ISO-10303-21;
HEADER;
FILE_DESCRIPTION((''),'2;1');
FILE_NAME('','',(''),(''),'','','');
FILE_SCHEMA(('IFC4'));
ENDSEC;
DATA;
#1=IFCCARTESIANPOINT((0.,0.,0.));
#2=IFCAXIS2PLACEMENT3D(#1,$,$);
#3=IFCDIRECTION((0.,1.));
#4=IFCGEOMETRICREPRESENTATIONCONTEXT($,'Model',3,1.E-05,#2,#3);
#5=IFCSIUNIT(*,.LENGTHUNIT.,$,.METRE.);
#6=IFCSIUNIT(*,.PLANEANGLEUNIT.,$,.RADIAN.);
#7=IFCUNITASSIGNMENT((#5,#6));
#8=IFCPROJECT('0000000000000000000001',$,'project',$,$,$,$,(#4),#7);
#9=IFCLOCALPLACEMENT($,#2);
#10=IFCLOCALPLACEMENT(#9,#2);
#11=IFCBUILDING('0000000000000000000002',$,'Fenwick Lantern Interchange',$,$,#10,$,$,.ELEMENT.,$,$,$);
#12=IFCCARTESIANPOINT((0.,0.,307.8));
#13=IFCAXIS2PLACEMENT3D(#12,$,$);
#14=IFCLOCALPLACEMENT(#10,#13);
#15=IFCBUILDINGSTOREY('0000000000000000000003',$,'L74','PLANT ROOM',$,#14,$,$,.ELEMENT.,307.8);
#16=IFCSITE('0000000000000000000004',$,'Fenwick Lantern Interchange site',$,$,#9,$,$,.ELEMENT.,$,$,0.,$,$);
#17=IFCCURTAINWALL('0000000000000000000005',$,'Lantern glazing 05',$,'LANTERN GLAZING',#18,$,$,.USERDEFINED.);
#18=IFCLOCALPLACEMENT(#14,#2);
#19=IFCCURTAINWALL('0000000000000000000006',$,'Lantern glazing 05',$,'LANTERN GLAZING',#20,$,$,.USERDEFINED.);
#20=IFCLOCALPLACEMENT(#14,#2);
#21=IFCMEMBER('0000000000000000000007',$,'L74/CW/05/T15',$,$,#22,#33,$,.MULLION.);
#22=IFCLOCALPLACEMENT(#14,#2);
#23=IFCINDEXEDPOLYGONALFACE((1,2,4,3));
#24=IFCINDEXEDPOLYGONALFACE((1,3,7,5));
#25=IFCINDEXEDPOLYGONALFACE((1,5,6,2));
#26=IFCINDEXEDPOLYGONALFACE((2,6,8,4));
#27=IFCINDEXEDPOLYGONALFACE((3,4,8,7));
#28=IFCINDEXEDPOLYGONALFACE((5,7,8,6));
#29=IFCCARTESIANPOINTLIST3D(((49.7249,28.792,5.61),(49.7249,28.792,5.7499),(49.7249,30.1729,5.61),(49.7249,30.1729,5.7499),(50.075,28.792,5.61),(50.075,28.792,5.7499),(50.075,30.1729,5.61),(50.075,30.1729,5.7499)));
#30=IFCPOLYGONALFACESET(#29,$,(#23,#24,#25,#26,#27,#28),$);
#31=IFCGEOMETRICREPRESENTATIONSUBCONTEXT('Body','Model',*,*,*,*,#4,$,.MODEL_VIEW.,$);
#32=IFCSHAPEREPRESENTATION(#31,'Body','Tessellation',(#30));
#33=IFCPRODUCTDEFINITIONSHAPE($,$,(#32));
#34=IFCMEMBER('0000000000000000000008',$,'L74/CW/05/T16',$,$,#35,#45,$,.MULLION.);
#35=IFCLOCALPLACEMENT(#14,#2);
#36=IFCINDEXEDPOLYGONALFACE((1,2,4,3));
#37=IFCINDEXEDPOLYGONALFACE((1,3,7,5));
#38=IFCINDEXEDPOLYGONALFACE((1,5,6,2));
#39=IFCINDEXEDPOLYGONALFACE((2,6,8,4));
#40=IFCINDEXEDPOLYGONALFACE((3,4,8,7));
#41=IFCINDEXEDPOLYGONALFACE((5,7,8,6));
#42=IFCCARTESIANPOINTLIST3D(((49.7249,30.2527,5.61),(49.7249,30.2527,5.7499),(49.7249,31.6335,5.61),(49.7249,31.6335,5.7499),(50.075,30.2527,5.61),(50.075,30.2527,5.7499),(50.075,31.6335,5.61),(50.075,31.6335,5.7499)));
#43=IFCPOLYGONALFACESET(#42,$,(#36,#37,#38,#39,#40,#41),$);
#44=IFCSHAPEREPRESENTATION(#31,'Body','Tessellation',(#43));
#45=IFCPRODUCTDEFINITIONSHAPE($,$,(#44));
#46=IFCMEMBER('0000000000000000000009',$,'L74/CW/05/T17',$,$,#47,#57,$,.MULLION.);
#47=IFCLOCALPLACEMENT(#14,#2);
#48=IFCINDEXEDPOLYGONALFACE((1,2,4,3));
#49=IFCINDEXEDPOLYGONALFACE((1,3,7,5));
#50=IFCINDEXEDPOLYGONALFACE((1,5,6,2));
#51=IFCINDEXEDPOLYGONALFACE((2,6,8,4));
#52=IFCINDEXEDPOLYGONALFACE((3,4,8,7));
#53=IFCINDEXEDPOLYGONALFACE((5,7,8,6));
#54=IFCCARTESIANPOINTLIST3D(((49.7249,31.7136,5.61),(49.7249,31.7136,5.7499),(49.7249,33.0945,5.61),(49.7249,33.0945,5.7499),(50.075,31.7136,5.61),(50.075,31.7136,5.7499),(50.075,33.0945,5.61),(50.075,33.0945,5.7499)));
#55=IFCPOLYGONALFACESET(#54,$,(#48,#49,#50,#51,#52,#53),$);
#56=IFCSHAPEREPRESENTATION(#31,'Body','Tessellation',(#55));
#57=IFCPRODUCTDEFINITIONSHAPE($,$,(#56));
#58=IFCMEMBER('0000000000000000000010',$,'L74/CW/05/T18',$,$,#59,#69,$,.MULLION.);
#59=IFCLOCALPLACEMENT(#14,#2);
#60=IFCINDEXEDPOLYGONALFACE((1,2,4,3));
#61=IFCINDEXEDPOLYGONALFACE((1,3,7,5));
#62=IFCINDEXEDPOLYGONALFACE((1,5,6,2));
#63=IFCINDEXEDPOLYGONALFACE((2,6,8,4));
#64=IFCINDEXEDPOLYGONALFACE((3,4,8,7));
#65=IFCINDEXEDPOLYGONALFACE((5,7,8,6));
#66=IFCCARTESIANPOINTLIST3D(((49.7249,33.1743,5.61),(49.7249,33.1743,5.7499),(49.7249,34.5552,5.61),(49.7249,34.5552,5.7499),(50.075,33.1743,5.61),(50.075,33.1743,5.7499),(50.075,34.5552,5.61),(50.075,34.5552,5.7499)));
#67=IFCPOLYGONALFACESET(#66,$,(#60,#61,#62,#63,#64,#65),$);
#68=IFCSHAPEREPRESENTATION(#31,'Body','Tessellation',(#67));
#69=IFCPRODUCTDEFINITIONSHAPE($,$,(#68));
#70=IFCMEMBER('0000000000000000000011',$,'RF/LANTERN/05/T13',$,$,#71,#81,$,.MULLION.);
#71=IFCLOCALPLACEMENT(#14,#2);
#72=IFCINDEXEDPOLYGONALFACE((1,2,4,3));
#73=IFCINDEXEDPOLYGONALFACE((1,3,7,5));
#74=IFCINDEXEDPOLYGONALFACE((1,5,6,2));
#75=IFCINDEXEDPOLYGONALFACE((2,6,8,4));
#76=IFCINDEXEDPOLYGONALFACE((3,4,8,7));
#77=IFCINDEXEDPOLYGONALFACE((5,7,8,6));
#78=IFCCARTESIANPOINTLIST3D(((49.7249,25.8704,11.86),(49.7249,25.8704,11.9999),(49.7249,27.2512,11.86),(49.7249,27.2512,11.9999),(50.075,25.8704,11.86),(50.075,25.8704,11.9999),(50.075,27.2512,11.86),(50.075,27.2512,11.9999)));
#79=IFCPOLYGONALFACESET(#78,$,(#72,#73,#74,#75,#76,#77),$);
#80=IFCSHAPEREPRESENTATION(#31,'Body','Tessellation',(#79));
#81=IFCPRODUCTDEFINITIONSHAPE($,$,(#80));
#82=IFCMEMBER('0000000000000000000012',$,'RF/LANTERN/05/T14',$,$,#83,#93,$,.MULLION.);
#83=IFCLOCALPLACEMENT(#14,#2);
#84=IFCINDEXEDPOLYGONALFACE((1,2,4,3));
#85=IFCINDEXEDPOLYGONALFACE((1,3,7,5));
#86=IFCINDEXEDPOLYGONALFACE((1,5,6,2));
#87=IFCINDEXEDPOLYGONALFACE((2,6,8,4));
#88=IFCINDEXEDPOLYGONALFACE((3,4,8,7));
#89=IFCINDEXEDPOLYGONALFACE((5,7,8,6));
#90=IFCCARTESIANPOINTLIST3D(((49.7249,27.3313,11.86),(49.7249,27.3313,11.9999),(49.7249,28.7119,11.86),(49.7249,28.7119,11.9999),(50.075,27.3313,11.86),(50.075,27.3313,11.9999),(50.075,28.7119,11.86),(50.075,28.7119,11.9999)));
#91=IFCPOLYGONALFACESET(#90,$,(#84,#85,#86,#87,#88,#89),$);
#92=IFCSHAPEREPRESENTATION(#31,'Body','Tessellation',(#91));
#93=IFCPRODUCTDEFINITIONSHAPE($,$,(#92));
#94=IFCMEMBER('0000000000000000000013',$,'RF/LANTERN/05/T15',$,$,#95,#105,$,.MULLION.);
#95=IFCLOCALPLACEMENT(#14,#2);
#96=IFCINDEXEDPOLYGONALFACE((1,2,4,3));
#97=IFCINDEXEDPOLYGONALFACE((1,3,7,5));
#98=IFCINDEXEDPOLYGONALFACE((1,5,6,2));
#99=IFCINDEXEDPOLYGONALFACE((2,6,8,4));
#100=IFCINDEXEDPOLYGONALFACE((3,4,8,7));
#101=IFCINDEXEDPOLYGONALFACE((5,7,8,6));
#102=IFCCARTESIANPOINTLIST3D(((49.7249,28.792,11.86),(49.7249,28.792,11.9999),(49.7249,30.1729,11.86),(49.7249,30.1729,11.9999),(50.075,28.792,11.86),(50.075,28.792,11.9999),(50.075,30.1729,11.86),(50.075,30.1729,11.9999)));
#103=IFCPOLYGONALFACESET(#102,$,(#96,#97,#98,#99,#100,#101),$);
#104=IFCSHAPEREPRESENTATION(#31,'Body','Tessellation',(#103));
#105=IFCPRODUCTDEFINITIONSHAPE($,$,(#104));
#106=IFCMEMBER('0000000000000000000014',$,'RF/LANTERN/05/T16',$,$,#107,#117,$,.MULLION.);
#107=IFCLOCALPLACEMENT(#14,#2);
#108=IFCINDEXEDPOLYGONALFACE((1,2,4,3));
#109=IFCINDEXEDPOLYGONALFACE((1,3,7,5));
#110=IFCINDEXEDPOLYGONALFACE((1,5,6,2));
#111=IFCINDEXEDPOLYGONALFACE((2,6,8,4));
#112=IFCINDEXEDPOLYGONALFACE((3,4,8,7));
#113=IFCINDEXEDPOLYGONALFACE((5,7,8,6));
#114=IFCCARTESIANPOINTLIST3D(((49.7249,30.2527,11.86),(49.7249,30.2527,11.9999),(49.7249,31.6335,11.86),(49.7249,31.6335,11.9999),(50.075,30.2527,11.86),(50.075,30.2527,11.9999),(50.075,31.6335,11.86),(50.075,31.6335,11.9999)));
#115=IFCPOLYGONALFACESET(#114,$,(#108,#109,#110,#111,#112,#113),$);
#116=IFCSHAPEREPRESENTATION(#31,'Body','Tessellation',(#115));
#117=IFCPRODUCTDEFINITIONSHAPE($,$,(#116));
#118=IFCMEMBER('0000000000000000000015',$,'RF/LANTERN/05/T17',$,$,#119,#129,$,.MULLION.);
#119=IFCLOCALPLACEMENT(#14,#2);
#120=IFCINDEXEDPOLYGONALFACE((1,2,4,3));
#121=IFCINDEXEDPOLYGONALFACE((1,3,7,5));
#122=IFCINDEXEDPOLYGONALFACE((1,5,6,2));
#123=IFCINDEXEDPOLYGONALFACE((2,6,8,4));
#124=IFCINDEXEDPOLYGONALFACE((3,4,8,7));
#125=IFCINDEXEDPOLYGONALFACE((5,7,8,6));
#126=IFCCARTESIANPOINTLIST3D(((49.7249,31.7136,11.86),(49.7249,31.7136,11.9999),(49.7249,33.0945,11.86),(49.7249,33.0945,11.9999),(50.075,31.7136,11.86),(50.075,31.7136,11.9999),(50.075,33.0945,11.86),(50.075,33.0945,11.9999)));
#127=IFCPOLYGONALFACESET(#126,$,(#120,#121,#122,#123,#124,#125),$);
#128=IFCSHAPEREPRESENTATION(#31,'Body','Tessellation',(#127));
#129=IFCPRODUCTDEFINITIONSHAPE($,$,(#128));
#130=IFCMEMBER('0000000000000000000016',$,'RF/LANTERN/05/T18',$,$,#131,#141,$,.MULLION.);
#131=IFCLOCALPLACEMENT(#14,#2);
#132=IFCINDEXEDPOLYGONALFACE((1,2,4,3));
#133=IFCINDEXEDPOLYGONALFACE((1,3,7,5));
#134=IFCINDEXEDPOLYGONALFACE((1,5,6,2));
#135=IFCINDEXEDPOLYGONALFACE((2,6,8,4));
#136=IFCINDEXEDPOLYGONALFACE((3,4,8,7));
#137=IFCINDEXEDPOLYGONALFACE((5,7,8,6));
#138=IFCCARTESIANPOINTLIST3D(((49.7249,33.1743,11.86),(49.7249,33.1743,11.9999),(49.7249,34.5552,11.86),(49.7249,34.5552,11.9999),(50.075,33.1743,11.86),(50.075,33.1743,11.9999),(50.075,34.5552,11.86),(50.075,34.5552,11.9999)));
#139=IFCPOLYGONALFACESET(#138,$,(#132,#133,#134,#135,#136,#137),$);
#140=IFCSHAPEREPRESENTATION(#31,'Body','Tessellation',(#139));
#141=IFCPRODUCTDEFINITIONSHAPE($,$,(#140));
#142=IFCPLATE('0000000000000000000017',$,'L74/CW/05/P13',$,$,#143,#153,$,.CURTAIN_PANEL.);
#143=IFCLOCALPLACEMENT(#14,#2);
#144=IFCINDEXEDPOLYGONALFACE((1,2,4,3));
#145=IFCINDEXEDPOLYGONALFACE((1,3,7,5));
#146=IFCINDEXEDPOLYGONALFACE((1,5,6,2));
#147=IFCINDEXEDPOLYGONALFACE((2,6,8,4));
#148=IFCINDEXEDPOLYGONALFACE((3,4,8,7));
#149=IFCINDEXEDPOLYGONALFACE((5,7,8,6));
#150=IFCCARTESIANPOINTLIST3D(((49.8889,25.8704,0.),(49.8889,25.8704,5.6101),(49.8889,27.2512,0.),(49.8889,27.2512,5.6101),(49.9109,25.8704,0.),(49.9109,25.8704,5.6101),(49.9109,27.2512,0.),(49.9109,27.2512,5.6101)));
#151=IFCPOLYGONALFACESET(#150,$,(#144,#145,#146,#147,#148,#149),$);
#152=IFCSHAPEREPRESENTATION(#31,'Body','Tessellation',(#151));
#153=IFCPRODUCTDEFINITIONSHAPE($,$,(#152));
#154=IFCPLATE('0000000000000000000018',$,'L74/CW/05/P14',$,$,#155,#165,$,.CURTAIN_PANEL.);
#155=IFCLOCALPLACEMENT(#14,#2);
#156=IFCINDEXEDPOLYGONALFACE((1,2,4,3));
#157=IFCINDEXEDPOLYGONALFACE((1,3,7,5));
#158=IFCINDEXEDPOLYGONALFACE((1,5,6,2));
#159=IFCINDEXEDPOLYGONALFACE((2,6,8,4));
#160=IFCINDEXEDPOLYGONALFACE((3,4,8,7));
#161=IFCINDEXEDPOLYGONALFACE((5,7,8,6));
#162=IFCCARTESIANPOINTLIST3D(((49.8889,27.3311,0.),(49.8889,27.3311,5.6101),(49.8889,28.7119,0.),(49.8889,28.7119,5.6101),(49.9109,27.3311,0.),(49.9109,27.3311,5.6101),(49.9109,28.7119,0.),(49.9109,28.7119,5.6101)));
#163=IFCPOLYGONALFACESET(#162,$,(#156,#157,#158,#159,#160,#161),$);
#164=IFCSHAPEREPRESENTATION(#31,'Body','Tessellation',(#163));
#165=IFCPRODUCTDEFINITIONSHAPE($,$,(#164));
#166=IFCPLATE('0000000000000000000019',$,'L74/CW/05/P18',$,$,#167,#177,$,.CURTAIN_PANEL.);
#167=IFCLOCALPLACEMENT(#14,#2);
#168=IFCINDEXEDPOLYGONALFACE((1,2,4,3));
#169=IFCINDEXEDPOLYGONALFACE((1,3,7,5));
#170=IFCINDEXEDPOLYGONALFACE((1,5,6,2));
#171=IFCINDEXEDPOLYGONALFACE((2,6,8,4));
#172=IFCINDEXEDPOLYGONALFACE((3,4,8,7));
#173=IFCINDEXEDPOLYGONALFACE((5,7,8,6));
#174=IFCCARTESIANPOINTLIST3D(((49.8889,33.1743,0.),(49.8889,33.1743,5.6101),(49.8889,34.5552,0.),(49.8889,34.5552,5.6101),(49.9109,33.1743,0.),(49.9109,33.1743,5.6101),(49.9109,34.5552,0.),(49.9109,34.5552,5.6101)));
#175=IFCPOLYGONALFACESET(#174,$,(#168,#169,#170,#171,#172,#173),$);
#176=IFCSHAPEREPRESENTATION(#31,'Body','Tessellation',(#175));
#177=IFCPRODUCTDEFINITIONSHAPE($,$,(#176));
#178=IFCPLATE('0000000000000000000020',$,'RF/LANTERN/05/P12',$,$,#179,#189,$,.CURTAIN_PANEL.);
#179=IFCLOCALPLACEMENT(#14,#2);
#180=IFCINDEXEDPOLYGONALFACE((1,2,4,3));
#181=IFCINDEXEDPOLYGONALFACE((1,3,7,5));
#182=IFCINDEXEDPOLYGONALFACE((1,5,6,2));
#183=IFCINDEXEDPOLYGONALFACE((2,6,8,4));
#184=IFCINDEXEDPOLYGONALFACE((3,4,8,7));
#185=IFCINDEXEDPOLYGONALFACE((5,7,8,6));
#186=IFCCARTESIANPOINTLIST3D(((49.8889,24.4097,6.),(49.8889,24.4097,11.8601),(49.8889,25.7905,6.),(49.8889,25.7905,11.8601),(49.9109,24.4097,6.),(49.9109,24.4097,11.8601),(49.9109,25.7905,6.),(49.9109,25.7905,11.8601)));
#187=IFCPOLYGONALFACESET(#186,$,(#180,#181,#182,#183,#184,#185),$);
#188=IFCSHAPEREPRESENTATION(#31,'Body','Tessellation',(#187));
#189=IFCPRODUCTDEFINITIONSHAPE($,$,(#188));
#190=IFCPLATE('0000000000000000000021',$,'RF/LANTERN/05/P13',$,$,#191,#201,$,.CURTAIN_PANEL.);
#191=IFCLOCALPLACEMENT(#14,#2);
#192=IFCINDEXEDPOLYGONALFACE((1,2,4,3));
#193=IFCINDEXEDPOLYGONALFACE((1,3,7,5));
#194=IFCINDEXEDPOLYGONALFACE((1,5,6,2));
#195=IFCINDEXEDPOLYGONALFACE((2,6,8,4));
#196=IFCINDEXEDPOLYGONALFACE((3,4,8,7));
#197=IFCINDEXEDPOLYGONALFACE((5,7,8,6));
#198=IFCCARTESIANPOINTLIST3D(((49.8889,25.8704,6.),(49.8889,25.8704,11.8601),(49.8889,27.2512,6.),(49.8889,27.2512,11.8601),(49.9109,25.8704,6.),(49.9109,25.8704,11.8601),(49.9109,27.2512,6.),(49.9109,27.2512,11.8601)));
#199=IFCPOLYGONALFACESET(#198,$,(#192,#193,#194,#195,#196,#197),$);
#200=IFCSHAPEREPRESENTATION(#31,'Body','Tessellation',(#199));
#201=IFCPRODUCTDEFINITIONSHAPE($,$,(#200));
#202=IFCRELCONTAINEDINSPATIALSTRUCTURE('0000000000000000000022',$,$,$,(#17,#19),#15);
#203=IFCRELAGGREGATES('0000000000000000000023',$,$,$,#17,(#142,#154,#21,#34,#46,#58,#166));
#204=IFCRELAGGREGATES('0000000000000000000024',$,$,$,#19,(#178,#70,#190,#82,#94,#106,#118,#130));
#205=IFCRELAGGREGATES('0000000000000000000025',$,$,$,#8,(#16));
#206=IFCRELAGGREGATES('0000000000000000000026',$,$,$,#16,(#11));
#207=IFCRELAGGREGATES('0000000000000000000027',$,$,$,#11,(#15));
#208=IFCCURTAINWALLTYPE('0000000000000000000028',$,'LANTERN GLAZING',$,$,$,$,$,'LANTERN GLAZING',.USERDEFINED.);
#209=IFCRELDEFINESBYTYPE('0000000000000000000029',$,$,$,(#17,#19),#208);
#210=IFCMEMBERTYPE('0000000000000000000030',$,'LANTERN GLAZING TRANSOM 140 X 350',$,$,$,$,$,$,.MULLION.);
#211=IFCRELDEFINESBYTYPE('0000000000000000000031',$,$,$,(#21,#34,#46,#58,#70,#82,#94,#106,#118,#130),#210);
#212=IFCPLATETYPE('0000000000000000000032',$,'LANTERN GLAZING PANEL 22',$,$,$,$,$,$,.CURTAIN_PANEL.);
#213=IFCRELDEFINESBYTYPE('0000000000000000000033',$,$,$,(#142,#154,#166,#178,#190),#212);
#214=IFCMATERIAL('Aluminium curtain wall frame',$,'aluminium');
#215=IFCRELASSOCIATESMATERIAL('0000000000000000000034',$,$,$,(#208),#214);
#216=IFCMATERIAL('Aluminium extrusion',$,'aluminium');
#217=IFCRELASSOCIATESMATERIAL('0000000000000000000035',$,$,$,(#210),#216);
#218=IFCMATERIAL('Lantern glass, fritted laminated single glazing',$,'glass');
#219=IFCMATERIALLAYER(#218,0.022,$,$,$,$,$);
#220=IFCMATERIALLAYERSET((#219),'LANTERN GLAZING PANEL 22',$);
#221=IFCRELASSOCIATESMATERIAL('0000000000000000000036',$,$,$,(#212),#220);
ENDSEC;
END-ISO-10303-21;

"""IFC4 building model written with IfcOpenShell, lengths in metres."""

from ifc_helpers import new_model, si_unit, direction, frame, origin, origin_2d, place, context, subcontext, project, spatial, rectangle, extrude, material, layer, layer_set, material_profile, profile_set, type_object, element, aggregate, save


model = new_model("IFC4")

# Units and contexts
model_context = context("Model", 3, precision=1e-05, world=origin(), true_north=direction((0.0, 1.0)))
body_context = subcontext(model_context, "Body", "Model", "MODEL_VIEW")
ifc_project = project(units=[si_unit("LENGTHUNIT", "METRE"), si_unit("PLANEANGLEUNIT", "RADIAN")], contexts=[model_context])

# Site, building, storey
site_placement = place(None, origin())
site = spatial("IfcSite", under=ifc_project, at=site_placement, Name="Fenwick Lantern Interchange site", CompositionType="ELEMENT", RefElevation=0.0)
building_placement = place(site_placement, origin())
building = spatial("IfcBuilding", under=site, at=building_placement, Name="Fenwick Lantern Interchange", CompositionType="ELEMENT")
storey_placement = place(building_placement, frame((0.0, 0.0, 307.8)))
storey = spatial("IfcBuildingStorey", under=building, at=storey_placement, Name="L74", Description="PLANT ROOM", CompositionType="ELEMENT", Elevation=307.8)

# Curtain walls
ifc_material_1 = material(Name="Aluminium curtain wall frame", Category="aluminium")
curtain_wall_type = type_object("IfcCurtainWallType", Name="LANTERN GLAZING", ElementType="LANTERN GLAZING", PredefinedType="USERDEFINED", material=ifc_material_1)
curtain_wall_1_placement = place(storey_placement, origin())
curtain_wall_1 = element("IfcCurtainWall", 1, at=curtain_wall_1_placement, inside=storey, type_object=curtain_wall_type, Name="Lantern glazing 05", ObjectType="LANTERN GLAZING", PredefinedType="USERDEFINED")
ifc_material_2 = material(Name="Aluminium extrusion", Category="aluminium")
curtain_wall_2_placement = place(storey_placement, origin())
curtain_wall_2 = element("IfcCurtainWall", 2, at=curtain_wall_2_placement, inside=storey, type_object=curtain_wall_type, Name="Lantern glazing 05", ObjectType="LANTERN GLAZING", PredefinedType="USERDEFINED")

# Members
ifc_material_profile_1 = material_profile(ifc_material_2, rectangle(XDim=0.3501, YDim=0.1399, at=origin_2d()), Name="LANTERN GLAZING TRANSOM 140 X 350")
ifc_profile_set_1 = profile_set([ifc_material_profile_1], Name="Aluminium extrusion")
member_type_1 = type_object("IfcMemberType", Name="LANTERN GLAZING TRANSOM 140 X 350", PredefinedType="MULLION", material=ifc_profile_set_1)
member_1_placement = place(storey_placement, frame((49.8999, 28.792, 5.6799), z_axis=(0.0, 1.0, 0.0), x_axis=(-1.0, 0.0, 0.0)))
member_1 = element("IfcMember", 3, at=member_1_placement, type_object=member_type_1, Name="L74/CW/05/T15", PredefinedType="MULLION", context=body_context, shape_type="SweptSolid", body=[
    extrude(rectangle(XDim=0.3501, YDim=0.1399, at=origin_2d()), origin(), (0.0, 0.0, 1.0), 1.3809),
])
member_2_placement = place(storey_placement, frame((49.8999, 30.2527, 5.6799), z_axis=(0.0, 1.0, 0.0), x_axis=(-1.0, 0.0, 0.0)))
member_2 = element("IfcMember", 4, at=member_2_placement, type_object=member_type_1, Name="L74/CW/05/T16", PredefinedType="MULLION", context=body_context, shape_type="SweptSolid", body=[
    extrude(rectangle(XDim=0.3501, YDim=0.1399, at=origin_2d()), origin(), (0.0, 0.0, 1.0), 1.3809),
])
member_3_placement = place(storey_placement, frame((49.8999, 31.7136, 5.6799), z_axis=(0.0, 1.0, 0.0), x_axis=(-1.0, 0.0, 0.0)))
member_3 = element("IfcMember", 5, at=member_3_placement, type_object=member_type_1, Name="L74/CW/05/T17", PredefinedType="MULLION", context=body_context, shape_type="SweptSolid", body=[
    extrude(rectangle(XDim=0.3501, YDim=0.1399, at=origin_2d()), origin(), (0.0, 0.0, 1.0), 1.3809),
])
member_4_placement = place(storey_placement, frame((49.8999, 33.1743, 5.6799), z_axis=(0.0, 1.0, 0.0), x_axis=(-1.0, 0.0, 0.0)))
member_4 = element("IfcMember", 6, at=member_4_placement, type_object=member_type_1, Name="L74/CW/05/T18", PredefinedType="MULLION", context=body_context, shape_type="SweptSolid", body=[
    extrude(rectangle(XDim=0.3501, YDim=0.1399, at=origin_2d()), origin(), (0.0, 0.0, 1.0), 1.3809),
])
member_5_placement = place(storey_placement, frame((49.8999, 25.8704, 11.9299), z_axis=(0.0, 1.0, 0.0), x_axis=(-1.0, 0.0, 0.0)))
member_5 = element("IfcMember", 7, at=member_5_placement, type_object=member_type_1, Name="RF/LANTERN/05/T13", PredefinedType="MULLION", context=body_context, shape_type="SweptSolid", body=[
    extrude(rectangle(XDim=0.3501, YDim=0.1399, at=origin_2d()), origin(), (0.0, 0.0, 1.0), 1.3809),
])
member_6_placement = place(storey_placement, frame((49.8999, 27.3313, 11.9299), z_axis=(0.0, 1.0, 0.0), x_axis=(-1.0, 0.0, 0.0)))
member_6 = element("IfcMember", 8, at=member_6_placement, type_object=member_type_1, Name="RF/LANTERN/05/T14", PredefinedType="MULLION", context=body_context, shape_type="SweptSolid", body=[
    extrude(rectangle(XDim=0.3501, YDim=0.1399, at=origin_2d()), origin(), (0.0, 0.0, 1.0), 1.3806),
])
member_7_placement = place(storey_placement, frame((49.8999, 28.792, 11.9299), z_axis=(0.0, 1.0, 0.0), x_axis=(-1.0, 0.0, 0.0)))
member_7 = element("IfcMember", 9, at=member_7_placement, type_object=member_type_1, Name="RF/LANTERN/05/T15", PredefinedType="MULLION", context=body_context, shape_type="SweptSolid", body=[
    extrude(rectangle(XDim=0.3501, YDim=0.1399, at=origin_2d()), origin(), (0.0, 0.0, 1.0), 1.3809),
])
member_8_placement = place(storey_placement, frame((49.8999, 30.2527, 11.9299), z_axis=(0.0, 1.0, 0.0), x_axis=(-1.0, 0.0, 0.0)))
member_8 = element("IfcMember", 10, at=member_8_placement, type_object=member_type_1, Name="RF/LANTERN/05/T16", PredefinedType="MULLION", context=body_context, shape_type="SweptSolid", body=[
    extrude(rectangle(XDim=0.3501, YDim=0.1399, at=origin_2d()), origin(), (0.0, 0.0, 1.0), 1.3809),
])
member_9_placement = place(storey_placement, frame((49.8999, 31.7136, 11.9299), z_axis=(0.0, 1.0, 0.0), x_axis=(-1.0, 0.0, 0.0)))
member_9 = element("IfcMember", 11, at=member_9_placement, type_object=member_type_1, Name="RF/LANTERN/05/T17", PredefinedType="MULLION", context=body_context, shape_type="SweptSolid", body=[
    extrude(rectangle(XDim=0.3501, YDim=0.1399, at=origin_2d()), origin(), (0.0, 0.0, 1.0), 1.3809),
])
member_10_placement = place(storey_placement, frame((49.8999, 33.1743, 11.9299), z_axis=(0.0, 1.0, 0.0), x_axis=(-1.0, 0.0, 0.0)))
member_10 = element("IfcMember", 12, at=member_10_placement, type_object=member_type_1, Name="RF/LANTERN/05/T18", PredefinedType="MULLION", context=body_context, shape_type="SweptSolid", body=[
    extrude(rectangle(XDim=0.3501, YDim=0.1399, at=origin_2d()), origin(), (0.0, 0.0, 1.0), 1.3809),
])

# Plates
ifc_material_3 = material(Name="Lantern glass, fritted laminated single glazing", Category="glass")
ifc_layer = layer(ifc_material_3, 0.022)
ifc_layer_set = layer_set([ifc_layer], Name="LANTERN GLAZING PANEL 22")
plate_type = type_object("IfcPlateType", Name="LANTERN GLAZING PANEL 22", PredefinedType="CURTAIN_PANEL", material=ifc_layer_set)
plate_1_placement = place(storey_placement, frame((49.8999, 26.5608, 0.0), z_axis=(0.0, 0.0, 1.0), x_axis=(0.0, 1.0, 0.0)))
plate_1 = element("IfcPlate", 13, at=plate_1_placement, type_object=plate_type, Name="L74/CW/05/P13", PredefinedType="CURTAIN_PANEL", context=body_context, shape_type="SweptSolid", body=[
    extrude(rectangle(XDim=1.3809, YDim=0.022, at=origin_2d()), origin(), (0.0, 0.0, 1.0), 5.6101),
])
plate_2_placement = place(storey_placement, frame((49.8999, 28.0215, 0.0), z_axis=(0.0, 0.0, 1.0), x_axis=(0.0, 1.0, 0.0)))
plate_2 = element("IfcPlate", 14, at=plate_2_placement, type_object=plate_type, Name="L74/CW/05/P14", PredefinedType="CURTAIN_PANEL", context=body_context, shape_type="SweptSolid", body=[
    extrude(rectangle(XDim=1.3809, YDim=0.022, at=origin_2d()), origin(), (0.0, 0.0, 1.0), 5.6101),
])
plate_3_placement = place(storey_placement, frame((49.8999, 33.8647, 0.0), z_axis=(0.0, 0.0, 1.0), x_axis=(0.0, 1.0, 0.0)))
plate_3 = element("IfcPlate", 15, at=plate_3_placement, type_object=plate_type, Name="L74/CW/05/P18", PredefinedType="CURTAIN_PANEL", context=body_context, shape_type="SweptSolid", body=[
    extrude(rectangle(XDim=1.3809, YDim=0.022, at=origin_2d()), origin(), (0.0, 0.0, 1.0), 5.6101),
])
aggregate(curtain_wall_1, [plate_1, plate_2, member_1, member_2, member_3, member_4, plate_3])
plate_4_placement = place(storey_placement, frame((49.8999, 25.1001, 6.0), z_axis=(0.0, 0.0, 1.0), x_axis=(0.0, 1.0, 0.0)))
plate_4 = element("IfcPlate", 16, at=plate_4_placement, type_object=plate_type, Name="RF/LANTERN/05/P12", PredefinedType="CURTAIN_PANEL", context=body_context, shape_type="SweptSolid", body=[
    extrude(rectangle(XDim=1.3809, YDim=0.022, at=origin_2d()), origin(), (0.0, 0.0, 1.0), 5.8601),
])
plate_5_placement = place(storey_placement, frame((49.8999, 26.5608, 6.0), z_axis=(0.0, 0.0, 1.0), x_axis=(0.0, 1.0, 0.0)))
plate_5 = element("IfcPlate", 17, at=plate_5_placement, type_object=plate_type, Name="RF/LANTERN/05/P13", PredefinedType="CURTAIN_PANEL", context=body_context, shape_type="SweptSolid", body=[
    extrude(rectangle(XDim=1.3809, YDim=0.022, at=origin_2d()), origin(), (0.0, 0.0, 1.0), 5.8601),
])
aggregate(curtain_wall_2, [plate_4, member_5, plate_5, member_6, member_7, member_8, member_9, member_10])

save(model, "model.ifc")
